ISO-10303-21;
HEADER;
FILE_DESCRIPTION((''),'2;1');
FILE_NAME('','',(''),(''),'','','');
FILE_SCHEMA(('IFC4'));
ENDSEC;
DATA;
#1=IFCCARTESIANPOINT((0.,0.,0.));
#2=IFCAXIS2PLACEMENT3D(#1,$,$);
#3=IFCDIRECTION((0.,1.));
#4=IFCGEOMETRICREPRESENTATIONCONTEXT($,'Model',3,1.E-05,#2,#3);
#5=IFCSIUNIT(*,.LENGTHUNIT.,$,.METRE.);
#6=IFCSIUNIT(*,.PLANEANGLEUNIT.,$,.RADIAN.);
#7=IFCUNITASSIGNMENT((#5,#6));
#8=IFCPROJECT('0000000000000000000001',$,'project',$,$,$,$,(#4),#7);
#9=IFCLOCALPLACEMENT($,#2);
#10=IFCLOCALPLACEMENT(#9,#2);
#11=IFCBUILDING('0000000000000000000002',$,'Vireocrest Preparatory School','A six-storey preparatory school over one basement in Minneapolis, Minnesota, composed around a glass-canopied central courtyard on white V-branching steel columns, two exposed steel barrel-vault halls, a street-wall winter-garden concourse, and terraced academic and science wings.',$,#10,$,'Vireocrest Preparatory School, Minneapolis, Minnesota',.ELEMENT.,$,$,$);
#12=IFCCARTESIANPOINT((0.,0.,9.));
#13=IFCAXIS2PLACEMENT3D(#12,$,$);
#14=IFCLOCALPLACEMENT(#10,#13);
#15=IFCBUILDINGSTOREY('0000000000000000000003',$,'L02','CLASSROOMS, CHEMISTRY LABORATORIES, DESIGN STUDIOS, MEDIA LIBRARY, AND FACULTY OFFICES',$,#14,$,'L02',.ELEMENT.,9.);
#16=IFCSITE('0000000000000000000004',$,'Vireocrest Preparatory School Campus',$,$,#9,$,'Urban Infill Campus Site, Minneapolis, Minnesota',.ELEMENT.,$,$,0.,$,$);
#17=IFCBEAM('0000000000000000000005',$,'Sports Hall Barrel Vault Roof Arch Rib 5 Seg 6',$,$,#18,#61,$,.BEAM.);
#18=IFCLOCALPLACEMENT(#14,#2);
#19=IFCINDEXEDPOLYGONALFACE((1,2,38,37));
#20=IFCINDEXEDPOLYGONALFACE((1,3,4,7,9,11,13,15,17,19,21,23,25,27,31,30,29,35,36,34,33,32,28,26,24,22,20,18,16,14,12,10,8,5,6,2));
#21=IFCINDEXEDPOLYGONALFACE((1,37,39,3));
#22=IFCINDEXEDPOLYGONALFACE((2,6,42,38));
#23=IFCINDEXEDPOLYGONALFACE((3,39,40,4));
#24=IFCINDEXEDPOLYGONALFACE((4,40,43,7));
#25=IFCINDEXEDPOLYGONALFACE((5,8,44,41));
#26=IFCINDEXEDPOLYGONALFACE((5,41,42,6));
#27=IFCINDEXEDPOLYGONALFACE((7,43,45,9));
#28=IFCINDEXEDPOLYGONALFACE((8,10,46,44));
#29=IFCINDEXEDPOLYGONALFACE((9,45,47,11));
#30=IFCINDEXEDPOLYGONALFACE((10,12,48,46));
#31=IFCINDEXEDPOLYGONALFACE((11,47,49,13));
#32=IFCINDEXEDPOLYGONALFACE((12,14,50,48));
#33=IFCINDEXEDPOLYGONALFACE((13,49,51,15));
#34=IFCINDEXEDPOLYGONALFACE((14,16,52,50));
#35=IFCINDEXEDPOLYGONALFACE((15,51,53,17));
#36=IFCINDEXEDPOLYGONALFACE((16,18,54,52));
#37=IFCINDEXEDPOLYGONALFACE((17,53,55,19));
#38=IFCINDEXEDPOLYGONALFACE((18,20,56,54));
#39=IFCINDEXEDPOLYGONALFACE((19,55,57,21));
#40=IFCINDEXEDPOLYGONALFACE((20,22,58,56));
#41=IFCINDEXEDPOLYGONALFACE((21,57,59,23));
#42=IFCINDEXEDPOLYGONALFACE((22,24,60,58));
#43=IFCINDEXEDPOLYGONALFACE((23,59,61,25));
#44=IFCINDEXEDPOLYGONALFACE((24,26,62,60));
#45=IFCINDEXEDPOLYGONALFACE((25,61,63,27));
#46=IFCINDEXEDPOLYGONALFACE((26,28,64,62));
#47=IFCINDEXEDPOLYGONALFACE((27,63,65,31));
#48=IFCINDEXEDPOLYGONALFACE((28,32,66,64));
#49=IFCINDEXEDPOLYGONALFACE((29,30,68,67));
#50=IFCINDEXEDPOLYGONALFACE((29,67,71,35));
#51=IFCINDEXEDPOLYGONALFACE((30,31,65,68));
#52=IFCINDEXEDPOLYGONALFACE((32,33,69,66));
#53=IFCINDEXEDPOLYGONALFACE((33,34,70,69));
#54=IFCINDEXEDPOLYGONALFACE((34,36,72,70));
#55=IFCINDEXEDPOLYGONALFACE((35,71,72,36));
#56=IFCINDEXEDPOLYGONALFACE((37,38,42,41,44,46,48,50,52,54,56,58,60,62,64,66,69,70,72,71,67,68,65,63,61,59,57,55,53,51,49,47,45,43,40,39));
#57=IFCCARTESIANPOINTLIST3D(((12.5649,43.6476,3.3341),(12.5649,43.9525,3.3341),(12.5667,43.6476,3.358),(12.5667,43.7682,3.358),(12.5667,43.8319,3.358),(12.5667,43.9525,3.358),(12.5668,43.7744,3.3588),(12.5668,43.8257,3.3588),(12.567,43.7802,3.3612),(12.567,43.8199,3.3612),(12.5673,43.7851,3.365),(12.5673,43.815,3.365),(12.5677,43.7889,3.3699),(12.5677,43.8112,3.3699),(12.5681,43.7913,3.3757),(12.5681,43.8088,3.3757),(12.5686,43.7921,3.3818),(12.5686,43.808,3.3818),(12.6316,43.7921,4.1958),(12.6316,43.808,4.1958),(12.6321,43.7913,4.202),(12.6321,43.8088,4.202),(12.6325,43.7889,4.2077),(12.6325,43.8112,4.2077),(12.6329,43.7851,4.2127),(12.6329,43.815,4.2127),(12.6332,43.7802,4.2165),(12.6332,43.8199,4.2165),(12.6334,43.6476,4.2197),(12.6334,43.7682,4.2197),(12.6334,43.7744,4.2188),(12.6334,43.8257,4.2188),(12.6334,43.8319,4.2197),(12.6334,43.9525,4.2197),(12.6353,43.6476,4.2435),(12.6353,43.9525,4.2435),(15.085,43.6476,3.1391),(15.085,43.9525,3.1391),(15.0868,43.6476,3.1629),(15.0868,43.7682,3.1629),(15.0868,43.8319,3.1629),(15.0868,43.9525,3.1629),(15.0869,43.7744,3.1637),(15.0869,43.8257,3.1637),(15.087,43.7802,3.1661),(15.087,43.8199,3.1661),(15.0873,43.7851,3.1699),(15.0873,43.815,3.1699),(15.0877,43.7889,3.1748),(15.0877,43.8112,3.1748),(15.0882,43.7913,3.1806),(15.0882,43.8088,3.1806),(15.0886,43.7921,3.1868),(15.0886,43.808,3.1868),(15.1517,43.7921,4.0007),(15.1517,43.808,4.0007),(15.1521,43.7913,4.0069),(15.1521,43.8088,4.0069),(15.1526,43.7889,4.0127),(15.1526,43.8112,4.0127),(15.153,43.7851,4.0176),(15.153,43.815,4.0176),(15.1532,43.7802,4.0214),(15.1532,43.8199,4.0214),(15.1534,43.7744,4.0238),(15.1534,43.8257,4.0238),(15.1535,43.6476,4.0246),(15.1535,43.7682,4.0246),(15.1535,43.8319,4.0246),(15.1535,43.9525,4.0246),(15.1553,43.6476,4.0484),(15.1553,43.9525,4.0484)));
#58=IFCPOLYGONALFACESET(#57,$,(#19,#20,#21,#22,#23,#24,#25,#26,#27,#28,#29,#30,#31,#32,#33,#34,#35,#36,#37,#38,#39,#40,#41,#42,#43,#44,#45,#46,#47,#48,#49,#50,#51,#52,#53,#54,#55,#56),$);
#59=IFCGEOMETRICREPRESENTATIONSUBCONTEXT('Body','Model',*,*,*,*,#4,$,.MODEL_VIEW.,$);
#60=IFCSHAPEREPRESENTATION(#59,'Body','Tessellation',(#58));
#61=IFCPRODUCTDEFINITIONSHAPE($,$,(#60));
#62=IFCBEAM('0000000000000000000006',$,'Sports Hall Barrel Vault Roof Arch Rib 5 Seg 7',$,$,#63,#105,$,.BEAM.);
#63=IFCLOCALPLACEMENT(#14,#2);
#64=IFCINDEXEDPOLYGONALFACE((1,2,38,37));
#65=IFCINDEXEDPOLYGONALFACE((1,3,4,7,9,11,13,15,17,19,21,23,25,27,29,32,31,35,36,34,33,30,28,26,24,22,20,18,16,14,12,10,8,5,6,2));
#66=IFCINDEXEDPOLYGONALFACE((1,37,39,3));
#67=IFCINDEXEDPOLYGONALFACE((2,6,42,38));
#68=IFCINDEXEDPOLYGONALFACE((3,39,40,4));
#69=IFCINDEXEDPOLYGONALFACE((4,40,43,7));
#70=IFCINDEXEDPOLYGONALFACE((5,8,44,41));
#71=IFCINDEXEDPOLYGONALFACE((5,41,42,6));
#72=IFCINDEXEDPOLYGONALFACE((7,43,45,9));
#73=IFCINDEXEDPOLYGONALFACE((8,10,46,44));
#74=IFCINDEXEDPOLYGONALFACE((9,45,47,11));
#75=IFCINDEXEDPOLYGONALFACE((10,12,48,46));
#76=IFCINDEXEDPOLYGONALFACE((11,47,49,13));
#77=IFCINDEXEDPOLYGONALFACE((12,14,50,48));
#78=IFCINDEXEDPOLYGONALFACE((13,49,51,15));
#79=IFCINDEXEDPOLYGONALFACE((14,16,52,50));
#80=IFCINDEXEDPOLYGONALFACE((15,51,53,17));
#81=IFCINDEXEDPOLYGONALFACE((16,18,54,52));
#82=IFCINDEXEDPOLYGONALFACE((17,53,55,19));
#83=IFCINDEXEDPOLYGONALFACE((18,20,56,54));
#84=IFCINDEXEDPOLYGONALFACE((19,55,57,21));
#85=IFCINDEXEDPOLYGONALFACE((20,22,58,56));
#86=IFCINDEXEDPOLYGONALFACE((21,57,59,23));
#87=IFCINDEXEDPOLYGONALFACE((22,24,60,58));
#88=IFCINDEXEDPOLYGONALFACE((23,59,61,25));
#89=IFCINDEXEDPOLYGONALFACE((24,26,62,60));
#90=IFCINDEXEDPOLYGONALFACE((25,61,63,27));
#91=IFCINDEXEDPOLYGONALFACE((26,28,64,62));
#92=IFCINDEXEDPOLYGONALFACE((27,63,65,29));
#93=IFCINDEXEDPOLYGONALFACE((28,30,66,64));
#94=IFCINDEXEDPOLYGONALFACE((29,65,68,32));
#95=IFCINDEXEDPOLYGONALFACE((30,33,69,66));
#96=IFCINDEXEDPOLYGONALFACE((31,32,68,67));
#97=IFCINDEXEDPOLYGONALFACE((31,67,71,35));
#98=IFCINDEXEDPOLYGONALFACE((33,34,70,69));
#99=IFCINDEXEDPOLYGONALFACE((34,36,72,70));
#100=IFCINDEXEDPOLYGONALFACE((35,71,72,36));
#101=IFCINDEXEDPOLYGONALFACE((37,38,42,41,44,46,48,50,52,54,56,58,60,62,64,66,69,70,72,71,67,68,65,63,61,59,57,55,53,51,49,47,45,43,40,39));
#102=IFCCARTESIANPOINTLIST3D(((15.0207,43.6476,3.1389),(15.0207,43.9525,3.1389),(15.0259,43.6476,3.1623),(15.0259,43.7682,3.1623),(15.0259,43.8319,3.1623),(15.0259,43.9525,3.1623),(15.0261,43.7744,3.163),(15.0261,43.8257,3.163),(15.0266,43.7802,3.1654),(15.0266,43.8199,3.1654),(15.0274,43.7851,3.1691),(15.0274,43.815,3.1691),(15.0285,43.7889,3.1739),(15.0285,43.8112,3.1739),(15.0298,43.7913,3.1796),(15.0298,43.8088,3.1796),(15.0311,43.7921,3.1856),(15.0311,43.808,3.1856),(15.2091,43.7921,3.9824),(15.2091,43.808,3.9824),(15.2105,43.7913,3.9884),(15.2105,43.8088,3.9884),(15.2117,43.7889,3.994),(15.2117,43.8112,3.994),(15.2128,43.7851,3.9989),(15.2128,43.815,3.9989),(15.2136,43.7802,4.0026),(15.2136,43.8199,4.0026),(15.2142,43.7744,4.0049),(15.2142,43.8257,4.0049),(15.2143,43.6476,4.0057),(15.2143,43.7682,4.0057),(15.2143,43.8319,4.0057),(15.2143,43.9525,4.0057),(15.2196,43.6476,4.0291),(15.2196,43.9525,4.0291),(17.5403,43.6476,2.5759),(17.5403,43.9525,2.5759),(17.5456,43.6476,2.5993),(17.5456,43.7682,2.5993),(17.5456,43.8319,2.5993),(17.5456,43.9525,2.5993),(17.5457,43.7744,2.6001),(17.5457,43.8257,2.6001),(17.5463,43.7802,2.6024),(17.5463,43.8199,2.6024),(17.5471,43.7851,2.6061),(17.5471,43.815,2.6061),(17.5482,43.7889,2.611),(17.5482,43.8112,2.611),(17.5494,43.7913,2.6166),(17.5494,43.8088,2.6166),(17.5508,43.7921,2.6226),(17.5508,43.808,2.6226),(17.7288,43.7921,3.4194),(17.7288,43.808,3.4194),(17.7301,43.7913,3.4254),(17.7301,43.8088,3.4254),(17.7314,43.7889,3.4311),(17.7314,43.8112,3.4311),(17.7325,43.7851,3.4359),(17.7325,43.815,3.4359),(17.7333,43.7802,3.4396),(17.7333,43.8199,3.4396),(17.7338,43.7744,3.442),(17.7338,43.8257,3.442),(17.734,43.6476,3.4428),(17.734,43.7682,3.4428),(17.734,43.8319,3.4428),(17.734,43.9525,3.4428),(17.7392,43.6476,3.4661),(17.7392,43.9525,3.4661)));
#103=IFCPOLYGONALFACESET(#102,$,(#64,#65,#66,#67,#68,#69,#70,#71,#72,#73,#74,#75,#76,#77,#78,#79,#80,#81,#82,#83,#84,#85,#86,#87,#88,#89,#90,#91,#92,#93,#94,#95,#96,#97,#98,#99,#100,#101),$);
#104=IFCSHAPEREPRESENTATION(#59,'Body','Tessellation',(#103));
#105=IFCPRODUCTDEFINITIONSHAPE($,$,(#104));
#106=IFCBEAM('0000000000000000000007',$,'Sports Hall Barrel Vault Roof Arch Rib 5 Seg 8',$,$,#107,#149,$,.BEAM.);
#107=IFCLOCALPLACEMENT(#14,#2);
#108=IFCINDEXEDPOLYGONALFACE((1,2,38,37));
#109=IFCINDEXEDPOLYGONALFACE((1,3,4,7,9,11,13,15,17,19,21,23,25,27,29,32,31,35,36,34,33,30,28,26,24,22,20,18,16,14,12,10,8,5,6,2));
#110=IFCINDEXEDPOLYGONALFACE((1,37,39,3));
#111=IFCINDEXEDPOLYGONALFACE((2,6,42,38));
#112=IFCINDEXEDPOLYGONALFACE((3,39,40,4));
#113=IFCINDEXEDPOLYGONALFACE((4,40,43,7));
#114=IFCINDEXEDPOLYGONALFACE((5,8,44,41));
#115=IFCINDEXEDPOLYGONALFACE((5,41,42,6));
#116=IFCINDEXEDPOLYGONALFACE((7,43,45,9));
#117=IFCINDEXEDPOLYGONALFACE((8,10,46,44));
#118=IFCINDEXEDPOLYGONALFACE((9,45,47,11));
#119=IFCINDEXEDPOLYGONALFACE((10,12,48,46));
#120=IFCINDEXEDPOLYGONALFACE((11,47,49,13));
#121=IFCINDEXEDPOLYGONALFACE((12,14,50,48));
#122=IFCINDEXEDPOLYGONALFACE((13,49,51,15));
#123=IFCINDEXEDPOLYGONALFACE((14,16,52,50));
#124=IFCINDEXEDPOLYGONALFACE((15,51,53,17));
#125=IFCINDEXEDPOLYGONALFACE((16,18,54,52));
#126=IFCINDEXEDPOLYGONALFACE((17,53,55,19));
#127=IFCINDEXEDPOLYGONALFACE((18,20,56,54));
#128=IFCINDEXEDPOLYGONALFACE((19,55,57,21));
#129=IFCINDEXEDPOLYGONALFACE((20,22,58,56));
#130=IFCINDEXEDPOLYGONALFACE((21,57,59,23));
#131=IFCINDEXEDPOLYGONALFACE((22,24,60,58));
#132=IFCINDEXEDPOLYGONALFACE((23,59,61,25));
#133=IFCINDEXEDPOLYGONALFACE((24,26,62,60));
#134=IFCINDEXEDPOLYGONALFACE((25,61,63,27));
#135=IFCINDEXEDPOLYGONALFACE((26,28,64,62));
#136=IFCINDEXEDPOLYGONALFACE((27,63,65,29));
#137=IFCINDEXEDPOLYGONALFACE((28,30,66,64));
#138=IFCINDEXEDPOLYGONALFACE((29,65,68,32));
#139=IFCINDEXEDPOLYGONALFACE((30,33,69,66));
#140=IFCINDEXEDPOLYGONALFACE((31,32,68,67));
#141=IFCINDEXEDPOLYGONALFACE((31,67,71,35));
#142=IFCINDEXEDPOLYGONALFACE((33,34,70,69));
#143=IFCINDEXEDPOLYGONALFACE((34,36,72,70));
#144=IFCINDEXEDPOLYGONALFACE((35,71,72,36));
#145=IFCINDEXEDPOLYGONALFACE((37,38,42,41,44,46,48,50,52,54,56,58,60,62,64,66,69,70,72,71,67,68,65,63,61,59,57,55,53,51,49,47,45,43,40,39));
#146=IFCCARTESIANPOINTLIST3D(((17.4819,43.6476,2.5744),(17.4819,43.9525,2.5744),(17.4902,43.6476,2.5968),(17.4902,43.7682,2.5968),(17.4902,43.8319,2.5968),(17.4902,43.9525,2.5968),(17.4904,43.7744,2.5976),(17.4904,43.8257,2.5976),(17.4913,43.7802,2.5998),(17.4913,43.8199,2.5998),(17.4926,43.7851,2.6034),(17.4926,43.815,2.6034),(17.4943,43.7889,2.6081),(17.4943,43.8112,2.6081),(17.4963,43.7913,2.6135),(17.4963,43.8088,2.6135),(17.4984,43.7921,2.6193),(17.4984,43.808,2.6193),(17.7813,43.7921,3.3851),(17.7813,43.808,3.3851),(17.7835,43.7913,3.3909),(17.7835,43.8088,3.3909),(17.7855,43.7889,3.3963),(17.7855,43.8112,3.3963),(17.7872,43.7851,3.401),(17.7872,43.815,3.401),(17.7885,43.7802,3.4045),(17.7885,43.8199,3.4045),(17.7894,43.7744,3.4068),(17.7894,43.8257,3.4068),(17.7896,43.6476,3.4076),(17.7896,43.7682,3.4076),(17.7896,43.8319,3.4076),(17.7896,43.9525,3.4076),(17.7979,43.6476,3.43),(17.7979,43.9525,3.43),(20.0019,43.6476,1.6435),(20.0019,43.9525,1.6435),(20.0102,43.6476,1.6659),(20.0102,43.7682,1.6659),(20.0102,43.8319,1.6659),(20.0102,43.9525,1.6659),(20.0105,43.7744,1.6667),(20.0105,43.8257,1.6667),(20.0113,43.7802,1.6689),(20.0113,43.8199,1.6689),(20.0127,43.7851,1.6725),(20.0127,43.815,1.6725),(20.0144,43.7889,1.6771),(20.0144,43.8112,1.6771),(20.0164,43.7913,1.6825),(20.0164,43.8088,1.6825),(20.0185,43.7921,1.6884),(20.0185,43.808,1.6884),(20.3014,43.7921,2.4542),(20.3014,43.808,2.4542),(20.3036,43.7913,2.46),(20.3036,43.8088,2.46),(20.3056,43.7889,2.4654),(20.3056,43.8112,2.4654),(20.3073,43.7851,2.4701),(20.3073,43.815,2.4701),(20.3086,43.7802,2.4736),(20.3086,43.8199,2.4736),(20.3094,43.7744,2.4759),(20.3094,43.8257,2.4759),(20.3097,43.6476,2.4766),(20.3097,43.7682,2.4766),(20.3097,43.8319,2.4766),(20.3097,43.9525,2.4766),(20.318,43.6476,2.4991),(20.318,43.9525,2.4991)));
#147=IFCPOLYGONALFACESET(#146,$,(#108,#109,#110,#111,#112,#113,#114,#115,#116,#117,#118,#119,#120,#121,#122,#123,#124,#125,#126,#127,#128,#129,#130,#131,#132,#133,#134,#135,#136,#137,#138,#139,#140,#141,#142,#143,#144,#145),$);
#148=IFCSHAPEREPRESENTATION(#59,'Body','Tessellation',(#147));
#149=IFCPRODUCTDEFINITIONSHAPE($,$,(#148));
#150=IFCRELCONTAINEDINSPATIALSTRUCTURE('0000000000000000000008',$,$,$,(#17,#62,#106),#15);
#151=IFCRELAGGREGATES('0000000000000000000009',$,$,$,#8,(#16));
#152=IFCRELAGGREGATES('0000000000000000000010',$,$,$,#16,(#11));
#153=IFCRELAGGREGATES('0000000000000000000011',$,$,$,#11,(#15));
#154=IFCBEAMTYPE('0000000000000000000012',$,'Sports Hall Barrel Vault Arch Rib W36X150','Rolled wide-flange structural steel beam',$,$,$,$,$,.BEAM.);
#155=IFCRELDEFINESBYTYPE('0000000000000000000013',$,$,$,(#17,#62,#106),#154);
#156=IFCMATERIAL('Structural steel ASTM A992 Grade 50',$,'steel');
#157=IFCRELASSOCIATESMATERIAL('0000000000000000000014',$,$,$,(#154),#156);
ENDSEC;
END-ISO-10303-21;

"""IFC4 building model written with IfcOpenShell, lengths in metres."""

from ifc_helpers import new_model, si_unit, direction, frame, origin, origin_2d, place, context, subcontext, project, spatial, i_section, extrude, material, material_profile, profile_set, type_object, element, save


model = new_model("IFC4")

# Units and contexts
model_context = context("Model", 3, precision=1e-05, world=origin(), true_north=direction((0.0, 1.0)))
body_context = subcontext(model_context, "Body", "Model", "MODEL_VIEW")
ifc_project = project(units=[si_unit("LENGTHUNIT", "METRE"), si_unit("PLANEANGLEUNIT", "RADIAN")], contexts=[model_context])

# Site, building, storey
site_placement = place(None, origin())
site = spatial("IfcSite", under=ifc_project, at=site_placement, Name="Vireocrest Preparatory School Campus", LongName="Urban Infill Campus Site, Minneapolis, Minnesota", CompositionType="ELEMENT", RefElevation=0.0)
building_placement = place(site_placement, origin())
building = spatial("IfcBuilding", under=site, at=building_placement, Name="Vireocrest Preparatory School", Description="A six-storey preparatory school over one basement in Minneapolis, Minnesota, composed around a glass-canopied central courtyard on white V-branching steel columns, two exposed steel barrel-vault halls, a street-wall winter-garden concourse, and terraced academic and science wings.", LongName="Vireocrest Preparatory School, Minneapolis, Minnesota", CompositionType="ELEMENT")
storey_placement = place(building_placement, frame((0.0, 0.0, 9.0)))
storey = spatial("IfcBuildingStorey", under=building, at=storey_placement, Name="L02", Description="CLASSROOMS, CHEMISTRY LABORATORIES, DESIGN STUDIOS, MEDIA LIBRARY, AND FACULTY OFFICES", LongName="L02", CompositionType="ELEMENT", Elevation=9.0)

# Beams
ifc_material_1 = material(Name="Structural steel ASTM A992 Grade 50", Category="steel")
ifc_material_profile_1 = material_profile(ifc_material_1, i_section(OverallWidth=0.3049, OverallDepth=0.9121, WebThickness=0.0159, FlangeThickness=0.0239, FilletRadius=0.0239, at=origin_2d()), Name="W36X150")
ifc_profile_set_1 = profile_set([ifc_material_profile_1], Name="Structural steel ASTM A992 Grade 50")
beam_type = type_object("IfcBeamType", Name="Sports Hall Barrel Vault Arch Rib W36X150", Description="Rolled wide-flange structural steel beam", PredefinedType="BEAM", material=ifc_profile_set_1)
for number, where, z_axis, x_axis, name in (
    (1, (12.6001, 43.8, 3.7888), (0.997017, 0.0, -0.077177), (0.0, 1.0, 0.0), "Sports Hall Barrel Vault Roof Arch Rib 5 Seg 6"),
):
    element("IfcBeam", number, at=place(storey_placement, frame(where, z_axis=z_axis, x_axis=x_axis)), inside=storey, type_object=beam_type, Name=name, PredefinedType="BEAM", context=body_context, shape_type="SweptSolid", body=[
        extrude(i_section(OverallWidth=0.3049, OverallDepth=0.9121, WebThickness=0.0159, FlangeThickness=0.0239, FilletRadius=0.0239, at=origin_2d()), origin(), (0.0, 0.0, 1.0), 2.5276),
    ])
beam_1_placement = place(storey_placement, frame((15.1201, 43.8, 3.584), z_axis=(0.975937, 0.0, -0.218052), x_axis=(0.0, 1.0, 0.0)))
element("IfcBeam", 2, at=beam_1_placement, inside=storey, type_object=beam_type, Name="Sports Hall Barrel Vault Roof Arch Rib 5 Seg 7", PredefinedType="BEAM", context=body_context, shape_type="SweptSolid", body=[
    extrude(i_section(OverallWidth=0.3049, OverallDepth=0.9121, WebThickness=0.0159, FlangeThickness=0.0239, FilletRadius=0.0239, at=origin_2d()), origin(), (0.0, 0.0, 1.0), 2.5818),
])
beam_2_placement = place(storey_placement, frame((17.6399, 43.8, 3.0022), z_axis=(0.938043, 0.0, -0.346518), x_axis=(0.0, 1.0, 0.0)))
element("IfcBeam", 3, at=beam_2_placement, inside=storey, type_object=beam_type, Name="Sports Hall Barrel Vault Roof Arch Rib 5 Seg 8", PredefinedType="BEAM", context=body_context, shape_type="SweptSolid", body=[
    extrude(i_section(OverallWidth=0.3049, OverallDepth=0.9121, WebThickness=0.0159, FlangeThickness=0.0239, FilletRadius=0.0239, at=origin_2d()), origin(), (0.0, 0.0, 1.0), 2.6865),
])

save(model, "model.ifc")
